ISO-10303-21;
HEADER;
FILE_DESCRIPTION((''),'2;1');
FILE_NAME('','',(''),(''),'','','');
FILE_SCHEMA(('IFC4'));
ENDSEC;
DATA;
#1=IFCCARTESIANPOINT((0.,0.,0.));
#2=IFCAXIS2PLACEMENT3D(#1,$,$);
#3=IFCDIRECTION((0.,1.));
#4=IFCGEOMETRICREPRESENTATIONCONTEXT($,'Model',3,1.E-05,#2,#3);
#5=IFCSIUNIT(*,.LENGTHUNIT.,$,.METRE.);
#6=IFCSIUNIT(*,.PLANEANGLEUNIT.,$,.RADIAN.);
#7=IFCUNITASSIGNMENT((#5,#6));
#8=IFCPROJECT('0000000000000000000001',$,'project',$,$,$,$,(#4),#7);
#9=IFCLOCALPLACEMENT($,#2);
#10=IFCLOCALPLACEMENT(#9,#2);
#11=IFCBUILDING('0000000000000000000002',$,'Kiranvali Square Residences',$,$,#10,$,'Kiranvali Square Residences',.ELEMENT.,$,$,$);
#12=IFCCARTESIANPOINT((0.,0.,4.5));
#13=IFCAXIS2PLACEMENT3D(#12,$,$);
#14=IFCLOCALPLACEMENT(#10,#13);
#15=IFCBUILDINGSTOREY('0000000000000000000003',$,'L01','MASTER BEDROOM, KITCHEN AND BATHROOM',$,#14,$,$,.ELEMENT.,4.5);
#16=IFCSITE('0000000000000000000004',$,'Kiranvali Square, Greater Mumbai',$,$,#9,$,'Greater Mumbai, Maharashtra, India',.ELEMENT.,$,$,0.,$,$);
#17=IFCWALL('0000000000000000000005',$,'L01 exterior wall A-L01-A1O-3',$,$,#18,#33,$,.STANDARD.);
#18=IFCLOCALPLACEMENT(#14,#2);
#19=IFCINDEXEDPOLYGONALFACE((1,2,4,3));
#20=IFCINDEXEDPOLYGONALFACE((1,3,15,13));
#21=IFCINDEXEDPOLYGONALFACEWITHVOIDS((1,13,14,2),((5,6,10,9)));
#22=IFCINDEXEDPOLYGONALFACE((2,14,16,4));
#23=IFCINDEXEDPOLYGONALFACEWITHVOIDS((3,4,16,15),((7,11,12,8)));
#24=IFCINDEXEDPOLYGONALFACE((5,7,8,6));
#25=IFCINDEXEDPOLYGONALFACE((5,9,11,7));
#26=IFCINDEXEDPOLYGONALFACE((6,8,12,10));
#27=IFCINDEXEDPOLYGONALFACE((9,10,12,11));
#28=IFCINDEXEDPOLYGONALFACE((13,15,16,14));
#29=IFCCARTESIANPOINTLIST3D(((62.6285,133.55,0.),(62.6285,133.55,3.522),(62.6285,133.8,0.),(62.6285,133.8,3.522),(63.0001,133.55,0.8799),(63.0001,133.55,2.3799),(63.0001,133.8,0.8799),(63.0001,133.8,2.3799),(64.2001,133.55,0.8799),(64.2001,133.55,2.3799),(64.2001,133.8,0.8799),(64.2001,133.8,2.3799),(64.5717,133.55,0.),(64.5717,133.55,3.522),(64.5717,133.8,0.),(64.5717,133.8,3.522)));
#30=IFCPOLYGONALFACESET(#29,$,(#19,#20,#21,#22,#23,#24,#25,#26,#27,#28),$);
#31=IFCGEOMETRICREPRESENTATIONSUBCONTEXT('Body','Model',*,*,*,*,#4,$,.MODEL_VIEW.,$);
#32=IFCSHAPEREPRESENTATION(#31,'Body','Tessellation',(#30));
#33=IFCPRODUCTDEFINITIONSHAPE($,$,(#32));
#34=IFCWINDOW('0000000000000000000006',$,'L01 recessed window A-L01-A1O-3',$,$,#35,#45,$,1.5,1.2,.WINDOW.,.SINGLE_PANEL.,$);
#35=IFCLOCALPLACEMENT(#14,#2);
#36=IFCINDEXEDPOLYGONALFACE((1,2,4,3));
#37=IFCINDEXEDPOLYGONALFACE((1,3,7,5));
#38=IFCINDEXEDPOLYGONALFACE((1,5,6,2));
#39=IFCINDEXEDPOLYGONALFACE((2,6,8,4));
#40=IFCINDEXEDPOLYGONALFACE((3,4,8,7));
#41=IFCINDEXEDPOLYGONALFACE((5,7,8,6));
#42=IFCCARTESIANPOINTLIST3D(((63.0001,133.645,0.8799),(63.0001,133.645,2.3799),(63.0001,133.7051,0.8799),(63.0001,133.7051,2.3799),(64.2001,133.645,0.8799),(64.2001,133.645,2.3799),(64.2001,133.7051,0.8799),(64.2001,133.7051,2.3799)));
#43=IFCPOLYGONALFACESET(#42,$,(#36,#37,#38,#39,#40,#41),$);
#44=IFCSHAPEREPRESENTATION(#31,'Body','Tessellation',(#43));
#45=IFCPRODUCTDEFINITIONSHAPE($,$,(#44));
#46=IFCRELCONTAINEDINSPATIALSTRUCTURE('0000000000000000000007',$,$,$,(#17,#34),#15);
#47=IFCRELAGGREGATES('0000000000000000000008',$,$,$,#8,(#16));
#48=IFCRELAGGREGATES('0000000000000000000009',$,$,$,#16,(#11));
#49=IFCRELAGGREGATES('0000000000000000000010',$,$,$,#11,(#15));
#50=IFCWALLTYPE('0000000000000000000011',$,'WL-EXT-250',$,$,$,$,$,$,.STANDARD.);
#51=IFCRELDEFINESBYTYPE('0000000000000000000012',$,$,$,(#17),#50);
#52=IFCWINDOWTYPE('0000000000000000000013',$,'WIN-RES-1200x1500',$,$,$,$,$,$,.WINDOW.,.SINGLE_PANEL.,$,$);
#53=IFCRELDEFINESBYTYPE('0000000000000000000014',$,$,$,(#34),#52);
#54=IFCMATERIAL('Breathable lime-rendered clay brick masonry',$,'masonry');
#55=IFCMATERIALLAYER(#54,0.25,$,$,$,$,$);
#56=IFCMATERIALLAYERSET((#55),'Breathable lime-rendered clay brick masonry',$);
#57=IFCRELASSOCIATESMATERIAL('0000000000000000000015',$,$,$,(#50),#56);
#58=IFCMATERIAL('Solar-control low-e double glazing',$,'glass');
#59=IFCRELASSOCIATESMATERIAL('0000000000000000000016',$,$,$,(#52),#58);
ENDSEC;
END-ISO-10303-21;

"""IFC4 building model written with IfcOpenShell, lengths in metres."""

from ifc_helpers import new_model, si_unit, direction, frame, frame_2d, origin, place, context, subcontext, project, spatial, rectangle, extrude, material, layer, layer_set, type_object, element, fill, save


model = new_model("IFC4")

# Units and contexts
model_context = context("Model", 3, precision=1e-05, world=origin(), true_north=direction((0.0, 1.0)))
body_context = subcontext(model_context, "Body", "Model", "MODEL_VIEW")
ifc_project = project(units=[si_unit("LENGTHUNIT", "METRE"), si_unit("PLANEANGLEUNIT", "RADIAN")], contexts=[model_context])

# Site, building, storey
site_placement = place(None, origin())
site = spatial("IfcSite", under=ifc_project, at=site_placement, Name="Kiranvali Square, Greater Mumbai", LongName="Greater Mumbai, Maharashtra, India", CompositionType="ELEMENT", RefElevation=0.0)
building_placement = place(site_placement, origin())
building = spatial("IfcBuilding", under=site, at=building_placement, Name="Kiranvali Square Residences", LongName="Kiranvali Square Residences", CompositionType="ELEMENT")
storey_placement = place(building_placement, frame((0.0, 0.0, 4.5)))
storey = spatial("IfcBuildingStorey", under=building, at=storey_placement, Name="L01", Description="MASTER BEDROOM, KITCHEN AND BATHROOM", CompositionType="ELEMENT", Elevation=4.5)

# Shared definitions
ifc_material_1 = material(Name="Solar-control low-e double glazing", Category="glass")

# Wall, opening, window
ifc_material_2 = material(Name="Breathable lime-rendered clay brick masonry", Category="masonry")
ifc_layer_1 = layer(ifc_material_2, 0.25)
ifc_layer_set_1 = layer_set([ifc_layer_1], Name="Breathable lime-rendered clay brick masonry")
wall_type = type_object("IfcWallType", Name="WL-EXT-250", PredefinedType="STANDARD", material=ifc_layer_set_1)
wall_placement = place(storey_placement, frame((62.6284, 133.675, 0.0), z_axis=(0.0, 0.0, 1.0), x_axis=(1.0, 0.0, 0.0)))
wall = element("IfcWall", 1, at=wall_placement, inside=storey, type_object=wall_type, Name="L01 exterior wall A-L01-A1O-3", PredefinedType="STANDARD", context=body_context, shape_type="SweptSolid", body=[
    extrude(rectangle(XDim=1.9431, YDim=0.25, at=frame_2d((0.9717, 0.0))), origin(), (0.0, 0.0, 1.0), 3.522),
])
opening_placement = place(wall_placement, frame((0.3716, 0.0, 0.8799)))
opening = element("IfcOpeningElement", 2, at=opening_placement, cuts=wall, PredefinedType="OPENING", context=body_context, shape_type="SweptSolid", body=[
    extrude(rectangle(XDim=1.2, YDim=1.5, at=frame_2d((0.6001, 0.75))), frame((0.0, 0.135, 0.0), z_axis=(0.0, -1.0, 0.0), x_axis=(1.0, 0.0, 0.0)), (0.0, 0.0, 1.0), 0.27),
])
window_type = type_object("IfcWindowType", Name="WIN-RES-1200x1500", PartitioningType="SINGLE_PANEL", PredefinedType="WINDOW", material=ifc_material_1)
window_placement = place(opening_placement, origin())
window = element("IfcWindow", 3, at=window_placement, inside=storey, type_object=window_type, Name="L01 recessed window A-L01-A1O-3", OverallHeight=1.5, OverallWidth=1.2, PartitioningType="SINGLE_PANEL", PredefinedType="WINDOW", context=body_context, shape_type="SweptSolid", body=[
    extrude(rectangle(XDim=1.2, YDim=1.5, at=frame_2d((0.6001, 0.75))), frame((0.0, 0.03, 0.0), z_axis=(0.0, -1.0, 0.0), x_axis=(1.0, 0.0, 0.0)), (0.0, 0.0, 1.0), 0.0601),
])
fill(opening, window)

save(model, "model.ifc")
